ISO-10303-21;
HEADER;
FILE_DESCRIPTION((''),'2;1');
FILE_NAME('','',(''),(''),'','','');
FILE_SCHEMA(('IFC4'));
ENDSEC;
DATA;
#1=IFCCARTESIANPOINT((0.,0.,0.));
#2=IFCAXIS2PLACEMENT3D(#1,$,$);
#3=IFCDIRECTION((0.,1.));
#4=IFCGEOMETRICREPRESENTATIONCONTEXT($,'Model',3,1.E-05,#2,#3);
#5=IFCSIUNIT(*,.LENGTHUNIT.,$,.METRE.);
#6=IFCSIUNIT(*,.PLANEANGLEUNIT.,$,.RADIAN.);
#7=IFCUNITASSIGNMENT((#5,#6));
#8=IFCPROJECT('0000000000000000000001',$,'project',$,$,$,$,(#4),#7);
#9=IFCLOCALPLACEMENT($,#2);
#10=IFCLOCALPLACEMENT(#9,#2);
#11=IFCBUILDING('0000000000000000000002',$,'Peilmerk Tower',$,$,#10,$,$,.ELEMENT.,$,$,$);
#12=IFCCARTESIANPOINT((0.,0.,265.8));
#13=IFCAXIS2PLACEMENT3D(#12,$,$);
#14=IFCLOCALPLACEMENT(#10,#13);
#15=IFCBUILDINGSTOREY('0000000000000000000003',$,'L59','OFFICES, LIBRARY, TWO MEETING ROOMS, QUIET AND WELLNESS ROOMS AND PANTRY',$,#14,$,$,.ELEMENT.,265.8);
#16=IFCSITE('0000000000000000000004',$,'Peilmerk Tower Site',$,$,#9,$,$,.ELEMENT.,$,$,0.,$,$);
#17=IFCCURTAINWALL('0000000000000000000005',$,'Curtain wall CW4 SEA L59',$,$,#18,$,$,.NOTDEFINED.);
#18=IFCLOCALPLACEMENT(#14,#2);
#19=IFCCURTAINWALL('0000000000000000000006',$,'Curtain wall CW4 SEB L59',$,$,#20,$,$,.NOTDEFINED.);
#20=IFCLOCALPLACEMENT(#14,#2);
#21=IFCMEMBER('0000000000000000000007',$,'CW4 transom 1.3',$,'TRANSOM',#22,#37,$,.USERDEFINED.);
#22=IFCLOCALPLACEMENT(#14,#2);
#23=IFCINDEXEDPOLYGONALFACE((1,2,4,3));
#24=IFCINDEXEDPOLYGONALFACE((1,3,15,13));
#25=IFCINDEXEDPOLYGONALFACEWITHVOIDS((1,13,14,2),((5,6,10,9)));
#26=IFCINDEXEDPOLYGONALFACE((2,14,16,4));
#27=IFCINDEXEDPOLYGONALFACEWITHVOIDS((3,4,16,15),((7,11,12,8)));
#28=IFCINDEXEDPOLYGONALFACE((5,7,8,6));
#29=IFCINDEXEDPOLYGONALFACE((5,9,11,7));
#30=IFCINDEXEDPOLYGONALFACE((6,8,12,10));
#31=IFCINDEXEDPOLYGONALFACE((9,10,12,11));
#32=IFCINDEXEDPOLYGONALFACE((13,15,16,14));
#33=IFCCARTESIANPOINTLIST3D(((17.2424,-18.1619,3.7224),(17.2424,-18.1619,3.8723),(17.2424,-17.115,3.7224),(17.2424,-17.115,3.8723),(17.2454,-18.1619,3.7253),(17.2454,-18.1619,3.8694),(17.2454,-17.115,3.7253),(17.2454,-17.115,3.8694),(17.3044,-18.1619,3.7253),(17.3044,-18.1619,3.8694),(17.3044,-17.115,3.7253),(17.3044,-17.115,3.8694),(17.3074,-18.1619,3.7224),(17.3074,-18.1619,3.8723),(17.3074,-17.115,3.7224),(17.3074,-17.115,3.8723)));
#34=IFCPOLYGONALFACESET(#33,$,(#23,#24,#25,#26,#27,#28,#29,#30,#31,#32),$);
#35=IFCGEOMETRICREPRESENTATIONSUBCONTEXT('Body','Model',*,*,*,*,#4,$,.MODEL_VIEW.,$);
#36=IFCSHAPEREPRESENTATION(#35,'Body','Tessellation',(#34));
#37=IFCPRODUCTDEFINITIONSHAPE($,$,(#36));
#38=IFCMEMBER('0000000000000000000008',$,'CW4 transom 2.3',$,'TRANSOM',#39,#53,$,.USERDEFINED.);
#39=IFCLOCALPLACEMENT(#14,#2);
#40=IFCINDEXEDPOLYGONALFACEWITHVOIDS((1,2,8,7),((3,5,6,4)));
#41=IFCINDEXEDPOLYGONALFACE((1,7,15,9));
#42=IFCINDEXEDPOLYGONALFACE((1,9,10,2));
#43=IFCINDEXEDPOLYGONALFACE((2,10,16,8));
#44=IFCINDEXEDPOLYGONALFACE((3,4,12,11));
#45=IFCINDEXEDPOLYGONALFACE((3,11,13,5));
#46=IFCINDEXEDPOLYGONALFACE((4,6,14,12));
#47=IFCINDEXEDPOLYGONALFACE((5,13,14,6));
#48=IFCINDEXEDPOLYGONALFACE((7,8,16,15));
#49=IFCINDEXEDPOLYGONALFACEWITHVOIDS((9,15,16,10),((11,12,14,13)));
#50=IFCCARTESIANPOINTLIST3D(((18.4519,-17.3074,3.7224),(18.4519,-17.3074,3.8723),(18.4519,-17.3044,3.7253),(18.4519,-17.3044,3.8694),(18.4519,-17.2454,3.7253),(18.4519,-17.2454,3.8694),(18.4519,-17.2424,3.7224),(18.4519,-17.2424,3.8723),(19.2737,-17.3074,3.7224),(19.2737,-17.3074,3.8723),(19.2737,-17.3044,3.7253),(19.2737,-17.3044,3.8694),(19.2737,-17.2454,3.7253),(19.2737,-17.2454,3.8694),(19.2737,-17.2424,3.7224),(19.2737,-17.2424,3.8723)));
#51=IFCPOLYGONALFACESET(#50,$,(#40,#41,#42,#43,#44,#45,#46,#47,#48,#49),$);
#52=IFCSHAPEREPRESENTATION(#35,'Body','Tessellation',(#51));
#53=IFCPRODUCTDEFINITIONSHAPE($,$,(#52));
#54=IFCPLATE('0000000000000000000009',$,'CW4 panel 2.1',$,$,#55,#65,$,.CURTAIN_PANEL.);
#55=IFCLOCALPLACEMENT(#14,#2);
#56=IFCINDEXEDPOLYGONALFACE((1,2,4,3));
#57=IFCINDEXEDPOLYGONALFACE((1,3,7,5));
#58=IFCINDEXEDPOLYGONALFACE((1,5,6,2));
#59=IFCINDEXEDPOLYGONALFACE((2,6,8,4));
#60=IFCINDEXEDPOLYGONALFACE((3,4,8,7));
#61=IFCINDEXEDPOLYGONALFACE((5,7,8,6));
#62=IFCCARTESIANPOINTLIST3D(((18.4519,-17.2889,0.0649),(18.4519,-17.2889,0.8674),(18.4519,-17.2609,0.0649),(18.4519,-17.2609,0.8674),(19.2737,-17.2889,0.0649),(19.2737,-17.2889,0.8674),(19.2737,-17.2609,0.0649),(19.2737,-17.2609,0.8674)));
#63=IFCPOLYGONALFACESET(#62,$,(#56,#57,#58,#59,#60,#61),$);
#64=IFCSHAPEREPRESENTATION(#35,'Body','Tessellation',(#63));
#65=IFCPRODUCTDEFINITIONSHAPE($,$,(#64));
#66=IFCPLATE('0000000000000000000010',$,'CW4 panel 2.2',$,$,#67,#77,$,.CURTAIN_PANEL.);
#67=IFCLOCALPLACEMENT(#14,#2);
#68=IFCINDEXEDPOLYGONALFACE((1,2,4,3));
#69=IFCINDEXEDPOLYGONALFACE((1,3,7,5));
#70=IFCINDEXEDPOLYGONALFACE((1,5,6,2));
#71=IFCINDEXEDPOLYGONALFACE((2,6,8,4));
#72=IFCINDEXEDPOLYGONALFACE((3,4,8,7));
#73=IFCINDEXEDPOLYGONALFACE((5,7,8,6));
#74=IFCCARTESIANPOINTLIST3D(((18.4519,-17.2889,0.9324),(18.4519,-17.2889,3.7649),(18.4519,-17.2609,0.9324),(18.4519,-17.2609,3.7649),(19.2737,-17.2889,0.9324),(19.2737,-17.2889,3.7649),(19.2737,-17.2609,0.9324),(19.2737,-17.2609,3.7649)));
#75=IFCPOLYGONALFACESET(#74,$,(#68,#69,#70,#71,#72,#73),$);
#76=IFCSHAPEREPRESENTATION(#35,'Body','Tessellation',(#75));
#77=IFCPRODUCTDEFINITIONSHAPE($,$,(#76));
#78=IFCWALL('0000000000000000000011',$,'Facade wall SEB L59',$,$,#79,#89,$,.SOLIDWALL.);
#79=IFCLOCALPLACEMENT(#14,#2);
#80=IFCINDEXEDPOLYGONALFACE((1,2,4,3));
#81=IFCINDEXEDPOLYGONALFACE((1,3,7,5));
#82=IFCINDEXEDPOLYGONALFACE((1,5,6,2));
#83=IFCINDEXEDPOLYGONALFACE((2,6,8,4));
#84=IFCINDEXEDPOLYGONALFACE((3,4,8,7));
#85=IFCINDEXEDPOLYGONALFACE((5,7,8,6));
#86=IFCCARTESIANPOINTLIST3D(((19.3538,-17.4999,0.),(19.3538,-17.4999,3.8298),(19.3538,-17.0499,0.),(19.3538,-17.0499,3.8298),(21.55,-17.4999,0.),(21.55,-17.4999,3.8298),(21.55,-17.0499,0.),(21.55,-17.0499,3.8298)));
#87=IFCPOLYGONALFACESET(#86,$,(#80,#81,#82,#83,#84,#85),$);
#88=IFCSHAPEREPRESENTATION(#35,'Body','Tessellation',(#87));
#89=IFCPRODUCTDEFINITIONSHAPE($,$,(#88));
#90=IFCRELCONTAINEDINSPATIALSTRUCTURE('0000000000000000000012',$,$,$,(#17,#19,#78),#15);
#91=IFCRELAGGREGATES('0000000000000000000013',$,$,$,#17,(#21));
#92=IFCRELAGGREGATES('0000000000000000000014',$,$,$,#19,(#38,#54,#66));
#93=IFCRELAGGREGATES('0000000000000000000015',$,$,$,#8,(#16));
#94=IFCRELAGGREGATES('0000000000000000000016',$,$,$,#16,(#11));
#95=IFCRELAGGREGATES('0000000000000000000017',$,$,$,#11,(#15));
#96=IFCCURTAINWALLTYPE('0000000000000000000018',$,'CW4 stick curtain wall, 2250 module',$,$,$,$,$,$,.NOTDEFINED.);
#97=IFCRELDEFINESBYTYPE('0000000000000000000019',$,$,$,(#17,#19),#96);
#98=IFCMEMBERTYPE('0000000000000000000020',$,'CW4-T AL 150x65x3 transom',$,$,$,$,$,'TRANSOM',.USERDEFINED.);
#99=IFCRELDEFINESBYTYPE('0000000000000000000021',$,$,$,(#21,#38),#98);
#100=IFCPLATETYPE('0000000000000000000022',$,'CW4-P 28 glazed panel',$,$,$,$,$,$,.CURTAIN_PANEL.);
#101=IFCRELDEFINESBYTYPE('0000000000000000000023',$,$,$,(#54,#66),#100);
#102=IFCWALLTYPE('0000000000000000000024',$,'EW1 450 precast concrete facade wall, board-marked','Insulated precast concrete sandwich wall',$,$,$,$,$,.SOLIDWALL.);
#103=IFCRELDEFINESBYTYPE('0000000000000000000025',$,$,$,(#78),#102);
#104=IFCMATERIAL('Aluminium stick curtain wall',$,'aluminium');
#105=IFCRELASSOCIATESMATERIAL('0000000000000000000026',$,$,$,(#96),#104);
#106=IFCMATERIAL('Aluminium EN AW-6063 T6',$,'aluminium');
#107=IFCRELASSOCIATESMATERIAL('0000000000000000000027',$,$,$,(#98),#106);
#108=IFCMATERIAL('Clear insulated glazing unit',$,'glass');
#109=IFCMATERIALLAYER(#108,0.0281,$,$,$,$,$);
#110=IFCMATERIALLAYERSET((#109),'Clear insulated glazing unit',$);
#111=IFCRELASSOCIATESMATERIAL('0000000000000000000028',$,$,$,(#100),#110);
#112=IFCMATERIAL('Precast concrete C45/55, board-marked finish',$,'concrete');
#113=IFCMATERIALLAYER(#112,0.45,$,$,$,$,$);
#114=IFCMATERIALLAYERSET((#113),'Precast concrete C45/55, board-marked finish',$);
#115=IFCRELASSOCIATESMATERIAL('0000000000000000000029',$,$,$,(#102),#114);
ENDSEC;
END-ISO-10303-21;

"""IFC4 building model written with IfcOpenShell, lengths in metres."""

from ifc_helpers import new_model, si_unit, direction, frame, frame_2d, origin, origin_2d, place, context, subcontext, project, spatial, rectangle, hollow_rectangle, extrude, material, layer, layer_set, material_profile, profile_set, type_object, element, aggregate, save


model = new_model("IFC4")

# Units and contexts
model_context = context("Model", 3, precision=1e-05, world=origin(), true_north=direction((0.0, 1.0)))
body_context = subcontext(model_context, "Body", "Model", "MODEL_VIEW")
ifc_project = project(units=[si_unit("LENGTHUNIT", "METRE"), si_unit("PLANEANGLEUNIT", "RADIAN")], contexts=[model_context])

# Site, building, storey
site_placement = place(None, origin())
site = spatial("IfcSite", under=ifc_project, at=site_placement, Name="Peilmerk Tower Site", CompositionType="ELEMENT", RefElevation=0.0)
building_placement = place(site_placement, origin())
building = spatial("IfcBuilding", under=site, at=building_placement, Name="Peilmerk Tower", CompositionType="ELEMENT")
storey_placement = place(building_placement, frame((0.0, 0.0, 265.8)))
storey = spatial("IfcBuildingStorey", under=building, at=storey_placement, Name="L59", Description="OFFICES, LIBRARY, TWO MEETING ROOMS, QUIET AND WELLNESS ROOMS AND PANTRY", CompositionType="ELEMENT", Elevation=265.8)

# Curtain walls
ifc_material_1 = material(Name="Aluminium stick curtain wall", Category="aluminium")
curtain_wall_type = type_object("IfcCurtainWallType", Name="CW4 stick curtain wall, 2250 module", PredefinedType="NOTDEFINED", material=ifc_material_1)
curtain_wall_1_placement = place(storey_placement, origin())
curtain_wall_1 = element("IfcCurtainWall", 1, at=curtain_wall_1_placement, inside=storey, type_object=curtain_wall_type, Name="Curtain wall CW4 SEA L59", PredefinedType="NOTDEFINED")
ifc_material_2 = material(Name="Aluminium EN AW-6063 T6", Category="aluminium")
curtain_wall_2_placement = place(storey_placement, origin())
curtain_wall_2 = element("IfcCurtainWall", 2, at=curtain_wall_2_placement, inside=storey, type_object=curtain_wall_type, Name="Curtain wall CW4 SEB L59", PredefinedType="NOTDEFINED")

# Members
ifc_material_profile_1 = material_profile(ifc_material_2, hollow_rectangle(XDim=0.0649, YDim=0.1499, WallThickness=0.0029, at=origin_2d()), Name="AL 150x65x3")
ifc_profile_set_1 = profile_set([ifc_material_profile_1], Name="Aluminium EN AW-6063 T6")
member_type_1 = type_object("IfcMemberType", Name="CW4-T AL 150x65x3 transom", ElementType="TRANSOM", PredefinedType="USERDEFINED", material=ifc_profile_set_1)
member_1_placement = place(storey_placement, frame((17.2749, -17.115, 3.7974), z_axis=(0.0, -1.0, 0.0), x_axis=(1.0, 0.0, 0.0)))
member_1 = element("IfcMember", 3, at=member_1_placement, type_object=member_type_1, Name="CW4 transom 1.3", ObjectType="TRANSOM", PredefinedType="USERDEFINED", context=body_context, shape_type="SweptSolid", body=[
    extrude(hollow_rectangle(XDim=0.0649, YDim=0.1499, WallThickness=0.0029, at=origin_2d()), origin(), (0.0, 0.0, 1.0), 1.0469),
])
aggregate(curtain_wall_1, [member_1])
member_2_placement = place(storey_placement, frame((18.4519, -17.2749, 3.7974), z_axis=(1.0, 0.0, 0.0), x_axis=(0.0, 1.0, 0.0)))
member_2 = element("IfcMember", 4, at=member_2_placement, type_object=member_type_1, Name="CW4 transom 2.3", ObjectType="TRANSOM", PredefinedType="USERDEFINED", context=body_context, shape_type="SweptSolid", body=[
    extrude(hollow_rectangle(XDim=0.0649, YDim=0.1499, WallThickness=0.0029, at=origin_2d()), origin(), (0.0, 0.0, 1.0), 0.8218),
])

# Plates
ifc_material_3 = material(Name="Clear insulated glazing unit", Category="glass")
ifc_layer_1 = layer(ifc_material_3, 0.0281)
ifc_layer_set_1 = layer_set([ifc_layer_1], Name="Clear insulated glazing unit")
plate_type = type_object("IfcPlateType", Name="CW4-P 28 glazed panel", PredefinedType="CURTAIN_PANEL", material=ifc_layer_set_1)
plate_1_placement = place(storey_placement, frame((18.8628, -17.2749, 0.0649), z_axis=(0.0, 0.0, 1.0), x_axis=(1.0, 0.0, 0.0)))
plate_1 = element("IfcPlate", 5, at=plate_1_placement, type_object=plate_type, Name="CW4 panel 2.1", PredefinedType="CURTAIN_PANEL", context=body_context, shape_type="SweptSolid", body=[
    extrude(rectangle(XDim=0.8218, YDim=0.0281, at=origin_2d()), origin(), (0.0, 0.0, 1.0), 0.8025),
])
plate_2_placement = place(storey_placement, frame((18.8628, -17.2749, 0.9324), z_axis=(0.0, 0.0, 1.0), x_axis=(1.0, 0.0, 0.0)))
plate_2 = element("IfcPlate", 6, at=plate_2_placement, type_object=plate_type, Name="CW4 panel 2.2", PredefinedType="CURTAIN_PANEL", context=body_context, shape_type="SweptSolid", body=[
    extrude(rectangle(XDim=0.8218, YDim=0.0281, at=origin_2d()), origin(), (0.0, 0.0, 1.0), 2.8325),
])
aggregate(curtain_wall_2, [member_2, plate_1, plate_2])

# Wall
ifc_material_4 = material(Name="Precast concrete C45/55, board-marked finish", Category="concrete")
ifc_layer_2 = layer(ifc_material_4, 0.45)
ifc_layer_set_2 = layer_set([ifc_layer_2], Name="Precast concrete C45/55, board-marked finish")
wall_type_1 = type_object("IfcWallType", Name="EW1 450 precast concrete facade wall, board-marked", Description="Insulated precast concrete sandwich wall", PredefinedType="SOLIDWALL", material=ifc_layer_set_2)
wall_1_placement = place(storey_placement, frame((19.3538, -17.2749, 0.0), z_axis=(0.0, 0.0, 1.0), x_axis=(1.0, 0.0, 0.0)))
element("IfcWall", 7, at=wall_1_placement, inside=storey, type_object=wall_type_1, Name="Facade wall SEB L59", PredefinedType="SOLIDWALL", context=body_context, shape_type="SweptSolid", body=[
    extrude(rectangle(XDim=2.1963, YDim=0.45, at=frame_2d((1.0981, 0.0))), origin(), (0.0, 0.0, 1.0), 3.8298),
])

save(model, "model.ifc")
